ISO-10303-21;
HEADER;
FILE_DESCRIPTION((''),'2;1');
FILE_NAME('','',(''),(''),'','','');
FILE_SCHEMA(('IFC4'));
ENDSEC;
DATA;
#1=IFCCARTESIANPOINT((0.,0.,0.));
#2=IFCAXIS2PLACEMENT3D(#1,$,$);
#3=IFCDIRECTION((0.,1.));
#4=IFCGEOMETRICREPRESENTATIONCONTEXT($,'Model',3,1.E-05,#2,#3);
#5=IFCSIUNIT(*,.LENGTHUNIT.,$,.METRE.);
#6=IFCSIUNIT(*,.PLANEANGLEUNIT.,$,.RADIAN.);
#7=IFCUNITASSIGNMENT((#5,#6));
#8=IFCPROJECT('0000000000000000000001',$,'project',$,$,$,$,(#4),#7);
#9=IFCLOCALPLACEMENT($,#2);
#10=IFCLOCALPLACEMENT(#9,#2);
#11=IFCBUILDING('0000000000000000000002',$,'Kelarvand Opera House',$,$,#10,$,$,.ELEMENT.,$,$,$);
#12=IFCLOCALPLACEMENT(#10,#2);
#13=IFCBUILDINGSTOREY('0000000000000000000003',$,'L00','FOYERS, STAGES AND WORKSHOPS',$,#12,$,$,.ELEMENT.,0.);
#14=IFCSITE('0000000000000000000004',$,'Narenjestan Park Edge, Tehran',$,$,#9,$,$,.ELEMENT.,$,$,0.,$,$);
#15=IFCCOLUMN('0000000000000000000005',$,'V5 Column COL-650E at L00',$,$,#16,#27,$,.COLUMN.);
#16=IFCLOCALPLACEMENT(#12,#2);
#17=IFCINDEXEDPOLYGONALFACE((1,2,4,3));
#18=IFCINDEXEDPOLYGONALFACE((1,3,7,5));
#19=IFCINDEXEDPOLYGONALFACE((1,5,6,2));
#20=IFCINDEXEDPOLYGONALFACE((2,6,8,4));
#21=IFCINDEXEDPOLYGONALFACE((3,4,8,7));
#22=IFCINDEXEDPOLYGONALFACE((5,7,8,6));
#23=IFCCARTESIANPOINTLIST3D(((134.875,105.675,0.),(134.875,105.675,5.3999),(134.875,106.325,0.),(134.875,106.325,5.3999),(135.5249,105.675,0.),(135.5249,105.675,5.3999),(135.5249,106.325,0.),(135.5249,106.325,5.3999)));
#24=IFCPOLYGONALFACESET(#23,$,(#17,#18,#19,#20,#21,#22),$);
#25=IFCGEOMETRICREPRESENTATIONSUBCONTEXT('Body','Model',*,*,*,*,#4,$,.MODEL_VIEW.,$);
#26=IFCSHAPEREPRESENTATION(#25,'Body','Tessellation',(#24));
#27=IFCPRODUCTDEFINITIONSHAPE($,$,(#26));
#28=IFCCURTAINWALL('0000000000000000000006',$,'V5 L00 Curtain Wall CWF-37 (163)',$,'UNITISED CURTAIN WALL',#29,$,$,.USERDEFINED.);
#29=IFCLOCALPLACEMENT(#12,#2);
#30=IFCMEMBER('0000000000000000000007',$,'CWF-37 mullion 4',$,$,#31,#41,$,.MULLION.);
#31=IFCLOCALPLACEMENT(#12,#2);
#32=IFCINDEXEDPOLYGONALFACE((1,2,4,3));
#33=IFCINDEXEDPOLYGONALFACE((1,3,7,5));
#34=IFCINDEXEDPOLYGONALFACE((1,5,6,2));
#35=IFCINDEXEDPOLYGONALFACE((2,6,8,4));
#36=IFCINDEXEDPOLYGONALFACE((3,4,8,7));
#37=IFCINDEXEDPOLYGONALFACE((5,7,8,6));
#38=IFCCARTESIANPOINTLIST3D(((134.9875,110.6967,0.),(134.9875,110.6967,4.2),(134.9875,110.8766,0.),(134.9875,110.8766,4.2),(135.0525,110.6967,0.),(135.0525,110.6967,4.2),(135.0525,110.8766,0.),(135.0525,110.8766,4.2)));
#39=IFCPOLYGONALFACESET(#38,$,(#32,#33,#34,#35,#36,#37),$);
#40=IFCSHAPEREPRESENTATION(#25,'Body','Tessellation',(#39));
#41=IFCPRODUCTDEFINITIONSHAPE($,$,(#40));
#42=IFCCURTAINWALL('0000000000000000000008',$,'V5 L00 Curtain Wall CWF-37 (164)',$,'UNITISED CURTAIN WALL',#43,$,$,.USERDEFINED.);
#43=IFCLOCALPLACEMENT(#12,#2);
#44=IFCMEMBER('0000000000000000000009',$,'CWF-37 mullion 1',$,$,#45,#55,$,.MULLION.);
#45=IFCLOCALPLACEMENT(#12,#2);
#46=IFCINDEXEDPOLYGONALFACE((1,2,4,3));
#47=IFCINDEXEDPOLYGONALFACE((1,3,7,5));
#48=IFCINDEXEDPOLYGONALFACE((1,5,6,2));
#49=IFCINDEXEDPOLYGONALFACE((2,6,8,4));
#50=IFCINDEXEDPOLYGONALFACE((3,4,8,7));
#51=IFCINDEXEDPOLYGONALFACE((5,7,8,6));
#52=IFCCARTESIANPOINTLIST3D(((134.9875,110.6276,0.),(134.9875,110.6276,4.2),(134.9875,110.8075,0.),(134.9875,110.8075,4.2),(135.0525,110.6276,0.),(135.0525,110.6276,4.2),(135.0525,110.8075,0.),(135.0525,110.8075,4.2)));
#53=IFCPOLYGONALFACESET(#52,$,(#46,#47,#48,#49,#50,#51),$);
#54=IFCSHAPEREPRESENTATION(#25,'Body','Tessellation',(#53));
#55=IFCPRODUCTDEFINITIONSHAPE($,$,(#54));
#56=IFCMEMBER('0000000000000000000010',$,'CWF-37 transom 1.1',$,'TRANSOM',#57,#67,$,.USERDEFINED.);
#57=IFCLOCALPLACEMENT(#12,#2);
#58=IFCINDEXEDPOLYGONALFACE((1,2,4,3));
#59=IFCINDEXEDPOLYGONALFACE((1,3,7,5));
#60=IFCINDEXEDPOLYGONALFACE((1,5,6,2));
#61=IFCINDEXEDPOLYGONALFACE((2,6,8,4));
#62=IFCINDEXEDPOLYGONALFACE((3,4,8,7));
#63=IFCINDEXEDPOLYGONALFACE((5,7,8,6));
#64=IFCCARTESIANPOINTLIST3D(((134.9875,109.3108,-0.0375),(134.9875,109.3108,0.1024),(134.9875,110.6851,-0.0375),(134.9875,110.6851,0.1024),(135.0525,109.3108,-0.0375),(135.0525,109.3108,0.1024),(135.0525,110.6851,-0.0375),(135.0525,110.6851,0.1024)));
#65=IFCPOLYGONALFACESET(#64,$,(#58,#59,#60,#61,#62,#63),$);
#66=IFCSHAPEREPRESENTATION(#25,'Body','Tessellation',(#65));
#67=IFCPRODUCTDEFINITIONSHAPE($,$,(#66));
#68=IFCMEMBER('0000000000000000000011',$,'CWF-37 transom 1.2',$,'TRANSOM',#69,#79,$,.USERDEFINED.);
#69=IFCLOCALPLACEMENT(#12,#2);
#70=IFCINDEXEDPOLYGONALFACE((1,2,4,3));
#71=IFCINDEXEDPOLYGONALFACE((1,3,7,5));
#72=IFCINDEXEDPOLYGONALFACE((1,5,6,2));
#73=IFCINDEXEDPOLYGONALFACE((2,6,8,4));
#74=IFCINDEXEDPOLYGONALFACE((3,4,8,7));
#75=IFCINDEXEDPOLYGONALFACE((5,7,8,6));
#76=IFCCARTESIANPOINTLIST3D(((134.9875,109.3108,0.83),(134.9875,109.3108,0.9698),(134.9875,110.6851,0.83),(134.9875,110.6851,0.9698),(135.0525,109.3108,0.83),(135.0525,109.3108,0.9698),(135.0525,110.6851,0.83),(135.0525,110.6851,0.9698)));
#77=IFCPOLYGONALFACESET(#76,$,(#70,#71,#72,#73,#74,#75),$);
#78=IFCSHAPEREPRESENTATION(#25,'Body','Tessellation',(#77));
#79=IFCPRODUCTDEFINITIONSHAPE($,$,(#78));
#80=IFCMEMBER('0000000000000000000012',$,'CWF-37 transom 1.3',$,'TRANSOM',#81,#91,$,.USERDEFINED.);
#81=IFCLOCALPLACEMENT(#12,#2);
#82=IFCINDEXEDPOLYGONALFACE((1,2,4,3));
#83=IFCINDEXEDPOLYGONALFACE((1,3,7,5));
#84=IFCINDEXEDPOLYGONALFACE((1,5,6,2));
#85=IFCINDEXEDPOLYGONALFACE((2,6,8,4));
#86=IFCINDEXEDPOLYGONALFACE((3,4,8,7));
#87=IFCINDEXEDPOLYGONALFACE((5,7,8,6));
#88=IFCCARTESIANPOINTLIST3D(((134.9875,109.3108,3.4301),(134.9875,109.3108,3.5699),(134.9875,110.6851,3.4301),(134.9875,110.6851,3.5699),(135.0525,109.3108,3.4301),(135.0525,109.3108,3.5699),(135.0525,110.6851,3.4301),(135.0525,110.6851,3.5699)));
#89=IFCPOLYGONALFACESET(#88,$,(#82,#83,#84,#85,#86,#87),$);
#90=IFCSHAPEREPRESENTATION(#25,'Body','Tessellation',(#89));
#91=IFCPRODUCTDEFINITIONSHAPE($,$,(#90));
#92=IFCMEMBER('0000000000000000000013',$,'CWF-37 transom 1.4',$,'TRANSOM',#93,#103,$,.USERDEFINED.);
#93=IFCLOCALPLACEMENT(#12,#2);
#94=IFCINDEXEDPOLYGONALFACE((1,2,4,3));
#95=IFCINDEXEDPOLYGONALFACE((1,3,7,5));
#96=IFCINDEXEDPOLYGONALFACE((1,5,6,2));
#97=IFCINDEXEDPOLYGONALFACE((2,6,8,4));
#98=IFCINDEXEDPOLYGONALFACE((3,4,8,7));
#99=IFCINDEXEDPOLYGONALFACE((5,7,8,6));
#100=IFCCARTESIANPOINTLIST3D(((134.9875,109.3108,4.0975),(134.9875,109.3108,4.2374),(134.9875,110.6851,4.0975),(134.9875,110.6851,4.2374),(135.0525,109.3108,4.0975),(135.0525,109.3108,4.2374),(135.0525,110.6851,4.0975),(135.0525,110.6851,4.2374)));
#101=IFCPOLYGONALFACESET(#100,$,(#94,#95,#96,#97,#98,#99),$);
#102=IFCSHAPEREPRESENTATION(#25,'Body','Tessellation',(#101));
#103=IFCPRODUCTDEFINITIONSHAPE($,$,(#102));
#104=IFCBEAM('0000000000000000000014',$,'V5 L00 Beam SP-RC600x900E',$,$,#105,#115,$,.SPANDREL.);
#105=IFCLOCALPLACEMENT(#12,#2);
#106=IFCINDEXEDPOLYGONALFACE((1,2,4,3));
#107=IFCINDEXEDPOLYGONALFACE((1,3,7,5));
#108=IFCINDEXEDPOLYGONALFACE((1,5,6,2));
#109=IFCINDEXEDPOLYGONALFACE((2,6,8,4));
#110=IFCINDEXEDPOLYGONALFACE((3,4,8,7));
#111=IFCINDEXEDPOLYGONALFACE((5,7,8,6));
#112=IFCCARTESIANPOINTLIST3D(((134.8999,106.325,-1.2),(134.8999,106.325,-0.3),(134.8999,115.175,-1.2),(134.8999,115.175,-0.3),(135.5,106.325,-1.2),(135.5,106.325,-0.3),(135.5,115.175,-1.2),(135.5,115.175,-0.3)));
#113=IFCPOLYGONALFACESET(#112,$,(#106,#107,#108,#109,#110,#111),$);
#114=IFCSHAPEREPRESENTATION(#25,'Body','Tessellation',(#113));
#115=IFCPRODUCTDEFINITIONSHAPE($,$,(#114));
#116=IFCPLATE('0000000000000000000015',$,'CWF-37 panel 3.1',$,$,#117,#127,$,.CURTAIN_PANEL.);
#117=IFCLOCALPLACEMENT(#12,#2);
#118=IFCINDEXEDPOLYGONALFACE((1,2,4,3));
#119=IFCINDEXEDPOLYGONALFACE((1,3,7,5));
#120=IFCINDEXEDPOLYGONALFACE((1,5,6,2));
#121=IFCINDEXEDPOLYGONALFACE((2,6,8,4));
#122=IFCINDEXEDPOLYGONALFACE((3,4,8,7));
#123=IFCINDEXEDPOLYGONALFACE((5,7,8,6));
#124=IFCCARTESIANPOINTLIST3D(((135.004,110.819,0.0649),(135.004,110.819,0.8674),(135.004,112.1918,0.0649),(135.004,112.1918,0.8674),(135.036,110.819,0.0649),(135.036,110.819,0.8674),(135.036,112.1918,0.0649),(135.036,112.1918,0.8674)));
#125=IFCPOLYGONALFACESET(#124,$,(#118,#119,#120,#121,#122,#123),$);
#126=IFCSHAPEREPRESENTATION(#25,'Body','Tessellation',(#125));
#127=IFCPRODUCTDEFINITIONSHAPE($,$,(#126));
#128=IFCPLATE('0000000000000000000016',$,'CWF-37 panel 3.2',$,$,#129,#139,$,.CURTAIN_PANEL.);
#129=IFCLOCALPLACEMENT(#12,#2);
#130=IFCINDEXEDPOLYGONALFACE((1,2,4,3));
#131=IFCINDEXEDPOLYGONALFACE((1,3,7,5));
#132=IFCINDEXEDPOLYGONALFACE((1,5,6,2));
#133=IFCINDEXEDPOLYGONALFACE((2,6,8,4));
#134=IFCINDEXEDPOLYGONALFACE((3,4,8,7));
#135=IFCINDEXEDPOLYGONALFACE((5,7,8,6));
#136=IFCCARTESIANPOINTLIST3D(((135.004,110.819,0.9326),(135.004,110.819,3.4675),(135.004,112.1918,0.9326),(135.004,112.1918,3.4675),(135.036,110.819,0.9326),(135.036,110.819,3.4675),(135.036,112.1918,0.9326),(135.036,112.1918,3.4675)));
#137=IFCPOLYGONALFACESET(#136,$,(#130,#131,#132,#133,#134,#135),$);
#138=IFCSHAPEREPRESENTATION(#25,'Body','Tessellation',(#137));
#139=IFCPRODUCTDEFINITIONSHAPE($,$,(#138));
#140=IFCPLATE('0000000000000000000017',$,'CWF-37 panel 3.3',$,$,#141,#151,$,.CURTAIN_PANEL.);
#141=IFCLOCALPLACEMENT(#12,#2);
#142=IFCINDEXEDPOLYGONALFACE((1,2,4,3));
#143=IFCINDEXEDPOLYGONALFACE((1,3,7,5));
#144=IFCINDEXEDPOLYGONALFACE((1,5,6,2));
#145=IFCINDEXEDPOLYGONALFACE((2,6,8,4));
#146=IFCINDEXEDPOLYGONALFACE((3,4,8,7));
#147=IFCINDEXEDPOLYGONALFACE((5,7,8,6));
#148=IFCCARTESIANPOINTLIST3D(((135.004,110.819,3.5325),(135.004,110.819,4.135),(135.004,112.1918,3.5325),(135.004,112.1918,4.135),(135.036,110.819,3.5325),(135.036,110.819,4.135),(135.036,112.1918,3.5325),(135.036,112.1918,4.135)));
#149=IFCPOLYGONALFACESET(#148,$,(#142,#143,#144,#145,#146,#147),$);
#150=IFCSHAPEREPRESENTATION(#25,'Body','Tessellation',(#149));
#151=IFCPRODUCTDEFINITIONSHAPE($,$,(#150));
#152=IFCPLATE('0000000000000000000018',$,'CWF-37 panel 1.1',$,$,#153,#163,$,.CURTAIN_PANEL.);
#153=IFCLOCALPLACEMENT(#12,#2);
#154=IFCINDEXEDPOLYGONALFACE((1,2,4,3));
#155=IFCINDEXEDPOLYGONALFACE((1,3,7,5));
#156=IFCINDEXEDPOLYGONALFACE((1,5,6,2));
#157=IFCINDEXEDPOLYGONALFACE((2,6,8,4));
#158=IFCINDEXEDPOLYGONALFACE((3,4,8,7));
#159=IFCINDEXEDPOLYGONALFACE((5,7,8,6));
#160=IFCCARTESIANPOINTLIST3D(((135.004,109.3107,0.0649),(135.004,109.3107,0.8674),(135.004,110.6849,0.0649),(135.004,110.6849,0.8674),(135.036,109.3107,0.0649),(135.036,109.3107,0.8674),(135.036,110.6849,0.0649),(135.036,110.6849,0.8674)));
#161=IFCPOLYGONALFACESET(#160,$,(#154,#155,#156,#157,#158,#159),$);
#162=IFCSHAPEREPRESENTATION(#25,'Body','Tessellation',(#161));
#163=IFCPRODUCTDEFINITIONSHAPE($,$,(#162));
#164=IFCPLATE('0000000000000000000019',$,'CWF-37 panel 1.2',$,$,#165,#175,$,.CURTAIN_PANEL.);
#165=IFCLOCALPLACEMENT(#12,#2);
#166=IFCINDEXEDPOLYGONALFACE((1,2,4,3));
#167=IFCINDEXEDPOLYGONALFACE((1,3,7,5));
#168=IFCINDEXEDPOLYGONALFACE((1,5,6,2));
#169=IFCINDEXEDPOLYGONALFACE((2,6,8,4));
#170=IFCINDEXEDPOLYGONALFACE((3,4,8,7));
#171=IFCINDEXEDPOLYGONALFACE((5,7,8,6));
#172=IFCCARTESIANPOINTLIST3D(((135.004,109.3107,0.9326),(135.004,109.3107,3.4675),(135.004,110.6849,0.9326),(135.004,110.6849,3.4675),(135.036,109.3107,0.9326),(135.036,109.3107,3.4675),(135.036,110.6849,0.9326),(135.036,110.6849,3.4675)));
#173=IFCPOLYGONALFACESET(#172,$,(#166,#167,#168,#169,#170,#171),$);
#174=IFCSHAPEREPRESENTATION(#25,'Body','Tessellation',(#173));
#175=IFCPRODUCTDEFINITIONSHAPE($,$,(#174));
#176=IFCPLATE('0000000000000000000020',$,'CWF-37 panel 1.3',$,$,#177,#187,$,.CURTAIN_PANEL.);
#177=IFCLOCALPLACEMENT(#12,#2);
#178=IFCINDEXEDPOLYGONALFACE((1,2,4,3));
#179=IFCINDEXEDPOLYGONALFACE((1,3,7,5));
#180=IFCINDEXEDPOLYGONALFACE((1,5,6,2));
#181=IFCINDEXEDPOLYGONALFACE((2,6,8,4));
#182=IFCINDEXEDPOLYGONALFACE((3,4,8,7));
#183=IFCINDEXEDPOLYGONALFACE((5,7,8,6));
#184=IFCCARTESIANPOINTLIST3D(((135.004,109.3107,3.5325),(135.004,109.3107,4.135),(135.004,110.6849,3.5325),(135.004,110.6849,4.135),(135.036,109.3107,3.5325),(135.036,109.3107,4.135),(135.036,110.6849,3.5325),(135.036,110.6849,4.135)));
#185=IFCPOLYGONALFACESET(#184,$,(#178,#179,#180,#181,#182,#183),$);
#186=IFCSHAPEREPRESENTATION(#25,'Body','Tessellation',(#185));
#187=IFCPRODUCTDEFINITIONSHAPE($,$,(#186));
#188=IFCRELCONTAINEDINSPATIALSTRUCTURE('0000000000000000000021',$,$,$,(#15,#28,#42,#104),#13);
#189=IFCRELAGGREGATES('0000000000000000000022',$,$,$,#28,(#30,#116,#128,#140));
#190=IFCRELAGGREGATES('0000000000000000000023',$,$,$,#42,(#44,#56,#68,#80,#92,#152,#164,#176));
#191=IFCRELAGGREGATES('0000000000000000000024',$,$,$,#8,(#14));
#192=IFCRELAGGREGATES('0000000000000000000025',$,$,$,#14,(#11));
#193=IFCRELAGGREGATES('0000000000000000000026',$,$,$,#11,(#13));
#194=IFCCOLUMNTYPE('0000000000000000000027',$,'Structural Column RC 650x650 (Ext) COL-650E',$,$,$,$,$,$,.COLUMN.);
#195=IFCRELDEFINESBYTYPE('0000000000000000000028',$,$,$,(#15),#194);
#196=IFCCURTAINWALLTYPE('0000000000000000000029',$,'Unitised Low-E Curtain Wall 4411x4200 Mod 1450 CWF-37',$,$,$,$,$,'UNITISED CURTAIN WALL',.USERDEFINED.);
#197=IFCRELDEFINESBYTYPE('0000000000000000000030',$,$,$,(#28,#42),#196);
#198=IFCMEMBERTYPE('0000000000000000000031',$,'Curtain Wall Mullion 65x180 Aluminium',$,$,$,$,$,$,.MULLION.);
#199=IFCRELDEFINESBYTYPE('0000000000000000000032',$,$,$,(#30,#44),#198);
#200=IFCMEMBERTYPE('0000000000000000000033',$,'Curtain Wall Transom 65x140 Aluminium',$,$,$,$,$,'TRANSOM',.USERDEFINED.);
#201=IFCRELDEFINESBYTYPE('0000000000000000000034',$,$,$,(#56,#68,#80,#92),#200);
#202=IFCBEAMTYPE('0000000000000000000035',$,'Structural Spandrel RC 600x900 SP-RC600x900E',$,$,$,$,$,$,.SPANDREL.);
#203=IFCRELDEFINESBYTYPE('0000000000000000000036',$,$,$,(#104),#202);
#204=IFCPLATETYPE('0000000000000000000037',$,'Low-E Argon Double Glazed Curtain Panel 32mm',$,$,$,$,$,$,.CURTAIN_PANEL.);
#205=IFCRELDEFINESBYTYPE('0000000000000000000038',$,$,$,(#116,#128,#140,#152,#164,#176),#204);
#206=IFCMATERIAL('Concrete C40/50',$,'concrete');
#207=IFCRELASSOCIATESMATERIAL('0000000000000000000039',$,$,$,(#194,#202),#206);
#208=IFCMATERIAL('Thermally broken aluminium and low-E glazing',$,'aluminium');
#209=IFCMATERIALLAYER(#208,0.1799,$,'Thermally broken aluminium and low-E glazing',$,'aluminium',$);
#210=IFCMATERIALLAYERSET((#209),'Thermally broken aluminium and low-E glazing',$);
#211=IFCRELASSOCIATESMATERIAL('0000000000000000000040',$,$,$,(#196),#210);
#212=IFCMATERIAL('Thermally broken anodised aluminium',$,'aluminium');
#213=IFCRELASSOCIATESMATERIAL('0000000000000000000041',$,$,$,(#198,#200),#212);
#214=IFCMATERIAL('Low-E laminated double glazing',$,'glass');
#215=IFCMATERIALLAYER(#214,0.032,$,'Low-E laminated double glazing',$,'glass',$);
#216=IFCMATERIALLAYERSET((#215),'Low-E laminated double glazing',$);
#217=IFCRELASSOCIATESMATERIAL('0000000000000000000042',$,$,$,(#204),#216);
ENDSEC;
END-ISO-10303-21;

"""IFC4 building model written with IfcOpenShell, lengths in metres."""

from ifc_helpers import new_model, si_unit, direction, frame, origin, origin_2d, place, context, subcontext, project, spatial, rectangle, extrude, material, layer, layer_set, material_profile, profile_set, type_object, element, aggregate, save


model = new_model("IFC4")

# Units and contexts
model_context = context("Model", 3, precision=1e-05, world=origin(), true_north=direction((0.0, 1.0)))
body_context = subcontext(model_context, "Body", "Model", "MODEL_VIEW")
ifc_project = project(units=[si_unit("LENGTHUNIT", "METRE"), si_unit("PLANEANGLEUNIT", "RADIAN")], contexts=[model_context])

# Site, building, storey
site_placement = place(None, origin())
site = spatial("IfcSite", under=ifc_project, at=site_placement, Name="Narenjestan Park Edge, Tehran", CompositionType="ELEMENT", RefElevation=0.0)
building_placement = place(site_placement, origin())
building = spatial("IfcBuilding", under=site, at=building_placement, Name="Kelarvand Opera House", CompositionType="ELEMENT")
storey_placement = place(building_placement, origin())
storey = spatial("IfcBuildingStorey", under=building, at=storey_placement, Name="L00", Description="FOYERS, STAGES AND WORKSHOPS", CompositionType="ELEMENT", Elevation=0.0)

# Column
ifc_material_1 = material(Name="Concrete C40/50", Category="concrete")
ifc_material_profile_1 = material_profile(ifc_material_1, rectangle(XDim=0.6499, YDim=0.6499, at=origin_2d()), Name="RC 650x650", Category="concrete")
ifc_profile_set_1 = profile_set([ifc_material_profile_1], Name="Concrete C40/50")
column_type = type_object("IfcColumnType", Name="Structural Column RC 650x650 (Ext) COL-650E", PredefinedType="COLUMN", material=ifc_profile_set_1)
column_placement = place(storey_placement, frame((135.2, 106.0, 0.0), z_axis=(0.0, 0.0, 1.0), x_axis=(1.0, 0.0, 0.0)))
element("IfcColumn", 1, at=column_placement, inside=storey, type_object=column_type, Name="V5 Column COL-650E at L00", PredefinedType="COLUMN", context=body_context, shape_type="SweptSolid", body=[
    extrude(rectangle(XDim=0.6499, YDim=0.6499, at=origin_2d()), origin(), (0.0, 0.0, 1.0), 5.3999),
])

# Curtain wall, member
ifc_material_2 = material(Name="Thermally broken aluminium and low-E glazing", Category="aluminium")
ifc_layer_1 = layer(ifc_material_2, 0.1799, Name="Thermally broken aluminium and low-E glazing", Category="aluminium")
ifc_layer_set_1 = layer_set([ifc_layer_1], Name="Thermally broken aluminium and low-E glazing")
curtain_wall_type = type_object("IfcCurtainWallType", Name="Unitised Low-E Curtain Wall 4411x4200 Mod 1450 CWF-37", ElementType="UNITISED CURTAIN WALL", PredefinedType="USERDEFINED", material=ifc_layer_set_1)
curtain_wall_1_placement = place(storey_placement, origin())
curtain_wall_1 = element("IfcCurtainWall", 2, at=curtain_wall_1_placement, inside=storey, type_object=curtain_wall_type, Name="V5 L00 Curtain Wall CWF-37 (163)", ObjectType="UNITISED CURTAIN WALL", PredefinedType="USERDEFINED")
ifc_material_3 = material(Name="Thermally broken anodised aluminium", Category="aluminium")
ifc_material_profile_2 = material_profile(ifc_material_3, rectangle(XDim=0.0649, YDim=0.1799, at=origin_2d()), Name="ALU MULLION 65x180", Category="aluminium")
ifc_profile_set_2 = profile_set([ifc_material_profile_2], Name="Thermally broken anodised aluminium")
member_type_1 = type_object("IfcMemberType", Name="Curtain Wall Mullion 65x180 Aluminium", PredefinedType="MULLION", material=ifc_profile_set_2)
member_1_placement = place(storey_placement, frame((135.02, 110.7866, 0.0), z_axis=(0.0, 0.0, 1.0), x_axis=(1.0, 0.0, 0.0)))
member_1 = element("IfcMember", 3, at=member_1_placement, type_object=member_type_1, Name="CWF-37 mullion 4", PredefinedType="MULLION", context=body_context, shape_type="SweptSolid", body=[
    extrude(rectangle(XDim=0.0649, YDim=0.1799, at=origin_2d()), origin(), (0.0, 0.0, 1.0), 4.2),
])

# Curtain wall, members
curtain_wall_2_placement = place(storey_placement, origin())
curtain_wall_2 = element("IfcCurtainWall", 4, at=curtain_wall_2_placement, inside=storey, type_object=curtain_wall_type, Name="V5 L00 Curtain Wall CWF-37 (164)", ObjectType="UNITISED CURTAIN WALL", PredefinedType="USERDEFINED")
member_2_placement = place(storey_placement, frame((135.02, 110.7175, 0.0), z_axis=(0.0, 0.0, 1.0), x_axis=(1.0, 0.0, 0.0)))
member_2 = element("IfcMember", 5, at=member_2_placement, type_object=member_type_1, Name="CWF-37 mullion 1", PredefinedType="MULLION", context=body_context, shape_type="SweptSolid", body=[
    extrude(rectangle(XDim=0.0649, YDim=0.1799, at=origin_2d()), origin(), (0.0, 0.0, 1.0), 4.2),
])
ifc_material_profile_3 = material_profile(ifc_material_3, rectangle(XDim=0.0649, YDim=0.1399, at=origin_2d()), Name="ALU TRANSOM 65x140", Category="aluminium")
ifc_profile_set_3 = profile_set([ifc_material_profile_3], Name="Thermally broken anodised aluminium")
member_type_2 = type_object("IfcMemberType", Name="Curtain Wall Transom 65x140 Aluminium", ElementType="TRANSOM", PredefinedType="USERDEFINED", material=ifc_profile_set_3)
member_3_placement = place(storey_placement, frame((135.02, 110.6851, 0.0325), z_axis=(0.0, -1.0, 0.0), x_axis=(1.0, 0.0, 0.0)))
member_3 = element("IfcMember", 6, at=member_3_placement, type_object=member_type_2, Name="CWF-37 transom 1.1", ObjectType="TRANSOM", PredefinedType="USERDEFINED", context=body_context, shape_type="SweptSolid", body=[
    extrude(rectangle(XDim=0.0649, YDim=0.1399, at=origin_2d()), origin(), (0.0, 0.0, 1.0), 1.3743),
])
member_4_placement = place(storey_placement, frame((135.02, 110.6851, 0.8999), z_axis=(0.0, -1.0, 0.0), x_axis=(1.0, 0.0, 0.0)))
member_4 = element("IfcMember", 7, at=member_4_placement, type_object=member_type_2, Name="CWF-37 transom 1.2", ObjectType="TRANSOM", PredefinedType="USERDEFINED", context=body_context, shape_type="SweptSolid", body=[
    extrude(rectangle(XDim=0.0649, YDim=0.1399, at=origin_2d()), origin(), (0.0, 0.0, 1.0), 1.3743),
])
member_5_placement = place(storey_placement, frame((135.02, 110.6851, 3.5), z_axis=(0.0, -1.0, 0.0), x_axis=(1.0, 0.0, 0.0)))
member_5 = element("IfcMember", 8, at=member_5_placement, type_object=member_type_2, Name="CWF-37 transom 1.3", ObjectType="TRANSOM", PredefinedType="USERDEFINED", context=body_context, shape_type="SweptSolid", body=[
    extrude(rectangle(XDim=0.0649, YDim=0.1399, at=origin_2d()), origin(), (0.0, 0.0, 1.0), 1.3743),
])
member_6_placement = place(storey_placement, frame((135.02, 110.6851, 4.1675), z_axis=(0.0, -1.0, 0.0), x_axis=(1.0, 0.0, 0.0)))
member_6 = element("IfcMember", 9, at=member_6_placement, type_object=member_type_2, Name="CWF-37 transom 1.4", ObjectType="TRANSOM", PredefinedType="USERDEFINED", context=body_context, shape_type="SweptSolid", body=[
    extrude(rectangle(XDim=0.0649, YDim=0.1399, at=origin_2d()), origin(), (0.0, 0.0, 1.0), 1.3743),
])

# Beam
ifc_material_profile_4 = material_profile(ifc_material_1, rectangle(XDim=0.6001, YDim=0.8999, at=origin_2d()), Name="RC 600x900", Category="concrete")
ifc_profile_set_4 = profile_set([ifc_material_profile_4], Name="Concrete C40/50")
beam_type = type_object("IfcBeamType", Name="Structural Spandrel RC 600x900 SP-RC600x900E", PredefinedType="SPANDREL", material=ifc_profile_set_4)
beam_placement = place(storey_placement, frame((135.2, 106.325, -0.75), z_axis=(0.0, 1.0, 0.0), x_axis=(-1.0, 0.0, 0.0)))
element("IfcBeam", 10, at=beam_placement, inside=storey, type_object=beam_type, Name="V5 L00 Beam SP-RC600x900E", PredefinedType="SPANDREL", context=body_context, shape_type="SweptSolid", body=[
    extrude(rectangle(XDim=0.6001, YDim=0.8999, at=origin_2d()), origin(), (0.0, 0.0, 1.0), 8.8501),
])

# Plates
ifc_material_4 = material(Name="Low-E laminated double glazing", Category="glass")
ifc_layer_2 = layer(ifc_material_4, 0.032, Name="Low-E laminated double glazing", Category="glass")
ifc_layer_set_2 = layer_set([ifc_layer_2], Name="Low-E laminated double glazing")
plate_type = type_object("IfcPlateType", Name="Low-E Argon Double Glazed Curtain Panel 32mm", PredefinedType="CURTAIN_PANEL", material=ifc_layer_set_2)
plate_1_placement = place(storey_placement, frame((135.02, 111.5054, 0.0649), z_axis=(0.0, 0.0, 1.0), x_axis=(0.0, -1.0, 0.0)))
plate_1 = element("IfcPlate", 11, at=plate_1_placement, type_object=plate_type, Name="CWF-37 panel 3.1", PredefinedType="CURTAIN_PANEL", context=body_context, shape_type="SweptSolid", body=[
    extrude(rectangle(XDim=1.3728, YDim=0.032, at=origin_2d()), origin(), (0.0, 0.0, 1.0), 0.8025),
])
plate_2_placement = place(storey_placement, frame((135.02, 111.5054, 0.9326), z_axis=(0.0, 0.0, 1.0), x_axis=(0.0, -1.0, 0.0)))
plate_2 = element("IfcPlate", 12, at=plate_2_placement, type_object=plate_type, Name="CWF-37 panel 3.2", PredefinedType="CURTAIN_PANEL", context=body_context, shape_type="SweptSolid", body=[
    extrude(rectangle(XDim=1.3728, YDim=0.032, at=origin_2d()), origin(), (0.0, 0.0, 1.0), 2.5349),
])
plate_3_placement = place(storey_placement, frame((135.02, 111.5054, 3.5325), z_axis=(0.0, 0.0, 1.0), x_axis=(0.0, -1.0, 0.0)))
plate_3 = element("IfcPlate", 13, at=plate_3_placement, type_object=plate_type, Name="CWF-37 panel 3.3", PredefinedType="CURTAIN_PANEL", context=body_context, shape_type="SweptSolid", body=[
    extrude(rectangle(XDim=1.3728, YDim=0.032, at=origin_2d()), origin(), (0.0, 0.0, 1.0), 0.6025),
])
aggregate(curtain_wall_1, [member_1, plate_1, plate_2, plate_3])
plate_4_placement = place(storey_placement, frame((135.02, 109.9978, 0.0649), z_axis=(0.0, 0.0, 1.0), x_axis=(0.0, -1.0, 0.0)))
plate_4 = element("IfcPlate", 14, at=plate_4_placement, type_object=plate_type, Name="CWF-37 panel 1.1", PredefinedType="CURTAIN_PANEL", context=body_context, shape_type="SweptSolid", body=[
    extrude(rectangle(XDim=1.3743, YDim=0.032, at=origin_2d()), origin(), (0.0, 0.0, 1.0), 0.8025),
])
plate_5_placement = place(storey_placement, frame((135.02, 109.9978, 0.9326), z_axis=(0.0, 0.0, 1.0), x_axis=(0.0, -1.0, 0.0)))
plate_5 = element("IfcPlate", 15, at=plate_5_placement, type_object=plate_type, Name="CWF-37 panel 1.2", PredefinedType="CURTAIN_PANEL", context=body_context, shape_type="SweptSolid", body=[
    extrude(rectangle(XDim=1.3743, YDim=0.032, at=origin_2d()), origin(), (0.0, 0.0, 1.0), 2.5349),
])
plate_6_placement = place(storey_placement, frame((135.02, 109.9978, 3.5325), z_axis=(0.0, 0.0, 1.0), x_axis=(0.0, -1.0, 0.0)))
plate_6 = element("IfcPlate", 16, at=plate_6_placement, type_object=plate_type, Name="CWF-37 panel 1.3", PredefinedType="CURTAIN_PANEL", context=body_context, shape_type="SweptSolid", body=[
    extrude(rectangle(XDim=1.3743, YDim=0.032, at=origin_2d()), origin(), (0.0, 0.0, 1.0), 0.6025),
])
aggregate(curtain_wall_2, [member_2, member_3, member_4, member_5, member_6, plate_4, plate_5, plate_6])

save(model, "model.ifc")
